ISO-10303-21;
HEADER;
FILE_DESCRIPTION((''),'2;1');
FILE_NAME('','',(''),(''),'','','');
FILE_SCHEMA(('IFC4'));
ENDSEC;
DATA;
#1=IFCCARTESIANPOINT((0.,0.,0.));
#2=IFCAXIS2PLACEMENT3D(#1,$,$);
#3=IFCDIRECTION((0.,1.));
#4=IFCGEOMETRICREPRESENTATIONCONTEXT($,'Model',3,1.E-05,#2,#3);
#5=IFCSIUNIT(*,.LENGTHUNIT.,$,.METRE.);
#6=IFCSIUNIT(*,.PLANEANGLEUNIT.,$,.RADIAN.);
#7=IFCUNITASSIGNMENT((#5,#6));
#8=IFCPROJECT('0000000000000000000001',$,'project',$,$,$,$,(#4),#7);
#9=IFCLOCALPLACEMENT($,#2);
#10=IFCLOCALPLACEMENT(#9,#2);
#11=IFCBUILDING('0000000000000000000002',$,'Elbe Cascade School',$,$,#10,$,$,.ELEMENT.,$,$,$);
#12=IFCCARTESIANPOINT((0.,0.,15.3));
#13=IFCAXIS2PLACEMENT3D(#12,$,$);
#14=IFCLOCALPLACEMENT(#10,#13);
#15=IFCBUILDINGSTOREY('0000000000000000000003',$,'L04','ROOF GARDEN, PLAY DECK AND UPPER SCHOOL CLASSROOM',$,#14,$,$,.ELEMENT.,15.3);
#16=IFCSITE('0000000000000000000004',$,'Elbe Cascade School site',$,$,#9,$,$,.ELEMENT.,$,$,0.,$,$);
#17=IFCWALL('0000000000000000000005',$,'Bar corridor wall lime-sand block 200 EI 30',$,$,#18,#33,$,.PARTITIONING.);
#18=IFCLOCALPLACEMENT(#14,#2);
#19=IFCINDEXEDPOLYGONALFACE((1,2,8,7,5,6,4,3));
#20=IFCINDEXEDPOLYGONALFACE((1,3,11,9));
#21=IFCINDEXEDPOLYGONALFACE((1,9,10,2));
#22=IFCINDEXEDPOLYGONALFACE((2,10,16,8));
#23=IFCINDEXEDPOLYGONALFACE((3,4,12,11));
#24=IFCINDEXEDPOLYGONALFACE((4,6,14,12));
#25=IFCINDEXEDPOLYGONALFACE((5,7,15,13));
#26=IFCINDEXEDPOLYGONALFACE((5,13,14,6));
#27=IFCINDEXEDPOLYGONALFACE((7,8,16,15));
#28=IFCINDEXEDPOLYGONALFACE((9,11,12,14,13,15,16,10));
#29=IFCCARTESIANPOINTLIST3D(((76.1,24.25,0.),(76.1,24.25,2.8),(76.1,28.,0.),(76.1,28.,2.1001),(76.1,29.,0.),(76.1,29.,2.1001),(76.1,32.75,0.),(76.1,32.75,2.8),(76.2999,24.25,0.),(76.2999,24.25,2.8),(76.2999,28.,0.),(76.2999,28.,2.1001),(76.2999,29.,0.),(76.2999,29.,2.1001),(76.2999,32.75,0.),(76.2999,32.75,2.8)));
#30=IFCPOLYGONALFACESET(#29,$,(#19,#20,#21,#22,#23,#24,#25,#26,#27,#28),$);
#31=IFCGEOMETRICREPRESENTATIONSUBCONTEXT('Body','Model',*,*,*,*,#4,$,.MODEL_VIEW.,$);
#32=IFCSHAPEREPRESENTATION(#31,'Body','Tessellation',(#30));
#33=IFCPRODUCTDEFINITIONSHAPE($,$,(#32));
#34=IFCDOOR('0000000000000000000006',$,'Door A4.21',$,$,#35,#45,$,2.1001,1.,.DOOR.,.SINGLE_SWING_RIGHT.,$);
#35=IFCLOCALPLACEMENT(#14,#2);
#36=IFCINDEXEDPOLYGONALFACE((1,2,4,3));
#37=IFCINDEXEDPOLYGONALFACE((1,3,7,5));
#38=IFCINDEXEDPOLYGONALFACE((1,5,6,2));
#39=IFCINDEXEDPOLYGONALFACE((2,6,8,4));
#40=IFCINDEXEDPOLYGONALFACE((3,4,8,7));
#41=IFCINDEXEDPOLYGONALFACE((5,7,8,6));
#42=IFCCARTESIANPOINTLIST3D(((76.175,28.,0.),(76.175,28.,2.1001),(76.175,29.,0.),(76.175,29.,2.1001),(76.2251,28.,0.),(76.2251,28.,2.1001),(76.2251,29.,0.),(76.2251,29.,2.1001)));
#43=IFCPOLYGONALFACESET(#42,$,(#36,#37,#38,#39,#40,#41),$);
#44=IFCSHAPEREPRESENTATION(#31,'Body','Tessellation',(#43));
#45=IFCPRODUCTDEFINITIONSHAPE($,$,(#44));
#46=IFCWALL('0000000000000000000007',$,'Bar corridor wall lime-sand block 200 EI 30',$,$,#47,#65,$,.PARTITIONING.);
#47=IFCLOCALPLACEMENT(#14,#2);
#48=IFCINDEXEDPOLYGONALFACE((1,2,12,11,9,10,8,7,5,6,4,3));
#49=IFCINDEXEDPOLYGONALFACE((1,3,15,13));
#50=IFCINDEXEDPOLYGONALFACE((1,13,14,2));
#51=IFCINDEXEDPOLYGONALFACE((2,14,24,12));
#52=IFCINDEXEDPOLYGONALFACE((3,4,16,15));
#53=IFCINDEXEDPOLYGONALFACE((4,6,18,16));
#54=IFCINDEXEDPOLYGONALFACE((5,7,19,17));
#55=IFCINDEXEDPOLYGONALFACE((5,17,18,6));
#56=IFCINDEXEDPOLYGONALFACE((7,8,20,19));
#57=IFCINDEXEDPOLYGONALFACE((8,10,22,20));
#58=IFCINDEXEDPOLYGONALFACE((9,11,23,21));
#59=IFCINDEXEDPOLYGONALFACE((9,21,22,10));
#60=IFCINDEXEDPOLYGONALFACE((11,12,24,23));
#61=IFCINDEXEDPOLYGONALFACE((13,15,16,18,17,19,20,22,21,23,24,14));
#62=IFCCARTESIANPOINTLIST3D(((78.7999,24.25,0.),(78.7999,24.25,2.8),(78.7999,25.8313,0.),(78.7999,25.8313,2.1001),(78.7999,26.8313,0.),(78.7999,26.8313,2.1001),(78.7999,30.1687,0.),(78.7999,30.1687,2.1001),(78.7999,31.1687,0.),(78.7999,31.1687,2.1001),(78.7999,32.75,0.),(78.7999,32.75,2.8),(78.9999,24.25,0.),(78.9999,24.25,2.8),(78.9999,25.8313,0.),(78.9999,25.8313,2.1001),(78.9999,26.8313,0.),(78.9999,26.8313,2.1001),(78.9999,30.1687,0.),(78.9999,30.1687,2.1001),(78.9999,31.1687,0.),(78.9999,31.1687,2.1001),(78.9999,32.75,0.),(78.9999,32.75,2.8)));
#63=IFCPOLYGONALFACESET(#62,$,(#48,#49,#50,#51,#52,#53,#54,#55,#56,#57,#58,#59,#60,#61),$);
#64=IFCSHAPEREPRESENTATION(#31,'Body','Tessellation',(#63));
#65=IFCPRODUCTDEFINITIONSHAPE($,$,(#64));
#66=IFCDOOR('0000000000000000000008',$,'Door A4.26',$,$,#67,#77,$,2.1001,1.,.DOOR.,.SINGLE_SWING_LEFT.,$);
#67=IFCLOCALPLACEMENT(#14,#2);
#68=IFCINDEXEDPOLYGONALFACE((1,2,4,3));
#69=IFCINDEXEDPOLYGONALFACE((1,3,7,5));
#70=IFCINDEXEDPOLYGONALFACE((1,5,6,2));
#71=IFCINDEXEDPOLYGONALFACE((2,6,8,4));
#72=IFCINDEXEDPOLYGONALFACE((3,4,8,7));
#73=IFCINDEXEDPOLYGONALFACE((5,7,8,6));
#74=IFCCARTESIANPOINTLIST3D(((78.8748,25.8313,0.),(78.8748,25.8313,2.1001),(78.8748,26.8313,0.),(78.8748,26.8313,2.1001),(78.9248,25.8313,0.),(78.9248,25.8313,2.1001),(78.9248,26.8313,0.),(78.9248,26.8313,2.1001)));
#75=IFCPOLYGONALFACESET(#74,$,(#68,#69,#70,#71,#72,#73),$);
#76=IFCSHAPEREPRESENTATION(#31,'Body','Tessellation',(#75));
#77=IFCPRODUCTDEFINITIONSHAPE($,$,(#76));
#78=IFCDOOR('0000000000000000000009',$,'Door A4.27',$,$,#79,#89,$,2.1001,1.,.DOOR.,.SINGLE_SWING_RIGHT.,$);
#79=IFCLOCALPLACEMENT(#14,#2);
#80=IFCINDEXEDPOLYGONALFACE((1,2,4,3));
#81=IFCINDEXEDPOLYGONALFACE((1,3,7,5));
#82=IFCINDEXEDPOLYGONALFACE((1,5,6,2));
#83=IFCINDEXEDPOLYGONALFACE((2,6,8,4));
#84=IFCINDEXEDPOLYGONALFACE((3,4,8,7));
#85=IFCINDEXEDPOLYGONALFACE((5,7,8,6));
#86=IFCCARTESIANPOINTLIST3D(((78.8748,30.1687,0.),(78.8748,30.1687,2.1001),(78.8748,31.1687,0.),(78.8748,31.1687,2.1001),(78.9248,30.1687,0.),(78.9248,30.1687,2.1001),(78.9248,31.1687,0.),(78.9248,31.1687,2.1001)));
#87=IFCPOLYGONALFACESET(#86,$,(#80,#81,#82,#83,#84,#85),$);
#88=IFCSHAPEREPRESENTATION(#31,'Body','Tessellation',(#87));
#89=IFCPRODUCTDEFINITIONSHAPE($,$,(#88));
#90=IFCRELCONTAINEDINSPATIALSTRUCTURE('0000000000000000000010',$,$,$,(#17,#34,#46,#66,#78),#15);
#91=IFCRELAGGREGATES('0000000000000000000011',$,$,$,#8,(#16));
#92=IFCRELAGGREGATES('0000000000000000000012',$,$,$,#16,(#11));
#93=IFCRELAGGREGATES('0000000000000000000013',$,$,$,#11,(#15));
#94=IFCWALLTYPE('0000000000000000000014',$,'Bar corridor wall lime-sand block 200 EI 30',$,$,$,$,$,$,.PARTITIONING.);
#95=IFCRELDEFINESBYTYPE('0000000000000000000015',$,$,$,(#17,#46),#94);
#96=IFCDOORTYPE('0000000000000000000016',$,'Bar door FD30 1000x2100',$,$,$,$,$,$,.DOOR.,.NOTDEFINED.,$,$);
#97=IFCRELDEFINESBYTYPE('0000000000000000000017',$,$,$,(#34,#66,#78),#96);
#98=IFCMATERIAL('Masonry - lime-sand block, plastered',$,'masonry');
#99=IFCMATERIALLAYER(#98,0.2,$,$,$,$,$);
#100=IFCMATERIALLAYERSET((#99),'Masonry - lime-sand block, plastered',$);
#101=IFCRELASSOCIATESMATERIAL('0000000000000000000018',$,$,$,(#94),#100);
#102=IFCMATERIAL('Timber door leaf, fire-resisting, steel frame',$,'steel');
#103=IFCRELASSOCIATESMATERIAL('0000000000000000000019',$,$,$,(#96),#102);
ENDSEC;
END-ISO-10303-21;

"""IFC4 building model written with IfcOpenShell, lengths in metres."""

from ifc_helpers import new_model, si_unit, direction, frame, frame_2d, origin, place, context, subcontext, project, spatial, rectangle, extrude, material, layer, layer_set, type_object, element, fill, save


model = new_model("IFC4")

# Units and contexts
model_context = context("Model", 3, precision=1e-05, world=origin(), true_north=direction((0.0, 1.0)))
body_context = subcontext(model_context, "Body", "Model", "MODEL_VIEW")
ifc_project = project(units=[si_unit("LENGTHUNIT", "METRE"), si_unit("PLANEANGLEUNIT", "RADIAN")], contexts=[model_context])

# Site, building, storey
site_placement = place(None, origin())
site = spatial("IfcSite", under=ifc_project, at=site_placement, Name="Elbe Cascade School site", CompositionType="ELEMENT", RefElevation=0.0)
building_placement = place(site_placement, origin())
building = spatial("IfcBuilding", under=site, at=building_placement, Name="Elbe Cascade School", CompositionType="ELEMENT")
storey_placement = place(building_placement, frame((0.0, 0.0, 15.3)))
storey = spatial("IfcBuildingStorey", under=building, at=storey_placement, Name="L04", Description="ROOF GARDEN, PLAY DECK AND UPPER SCHOOL CLASSROOM", CompositionType="ELEMENT", Elevation=15.3)

# Wall, opening, door
ifc_material_1 = material(Name="Masonry - lime-sand block, plastered", Category="masonry")
ifc_layer_1 = layer(ifc_material_1, 0.2)
ifc_layer_set_1 = layer_set([ifc_layer_1], Name="Masonry - lime-sand block, plastered")
wall_type_1 = type_object("IfcWallType", Name="Bar corridor wall lime-sand block 200 EI 30", PredefinedType="PARTITIONING", material=ifc_layer_set_1)
wall_1_placement = place(storey_placement, frame((76.2, 24.25, 0.0), z_axis=(0.0, 0.0, 1.0), x_axis=(0.0, 1.0, 0.0)))
wall_1 = element("IfcWall", 1, at=wall_1_placement, inside=storey, type_object=wall_type_1, Name="Bar corridor wall lime-sand block 200 EI 30", PredefinedType="PARTITIONING", context=body_context, shape_type="SweptSolid", body=[
    extrude(rectangle(XDim=8.5, YDim=0.2, at=frame_2d((4.25, 0.0))), origin(), (0.0, 0.0, 1.0), 2.8),
])
opening_1_placement = place(wall_1_placement, frame((3.75, 0.0, 0.0)))
opening_1 = element("IfcOpeningElement", 2, at=opening_1_placement, cuts=wall_1, PredefinedType="OPENING", context=body_context, shape_type="SweptSolid", body=[
    extrude(rectangle(XDim=1.0, YDim=2.1001, at=frame_2d((0.5, 1.05))), frame((0.0, 0.1099, 0.0), z_axis=(0.0, -1.0, 0.0), x_axis=(1.0, 0.0, 0.0)), (0.0, 0.0, 1.0), 0.22),
])
ifc_material_2 = material(Name="Timber door leaf, fire-resisting, steel frame", Category="steel")
door_type = type_object("IfcDoorType", Name="Bar door FD30 1000x2100", OperationType="NOTDEFINED", PredefinedType="DOOR", material=ifc_material_2)
door_1_placement = place(opening_1_placement, origin())
door_1 = element("IfcDoor", 3, at=door_1_placement, inside=storey, type_object=door_type, Name="Door A4.21", OperationType="SINGLE_SWING_RIGHT", OverallHeight=2.1001, OverallWidth=1.0, PredefinedType="DOOR", context=body_context, shape_type="SweptSolid", body=[
    extrude(rectangle(XDim=1.0, YDim=2.1001, at=frame_2d((0.5, 1.05))), frame((0.0, 0.0249, 0.0), z_axis=(0.0, -1.0, 0.0), x_axis=(1.0, 0.0, 0.0)), (0.0, 0.0, 1.0), 0.05),
])
fill(opening_1, door_1)

# Wall, openings, doors
wall_2_placement = place(storey_placement, frame((78.8999, 32.75, 0.0), z_axis=(0.0, 0.0, 1.0), x_axis=(0.0, -1.0, 0.0)))
wall_2 = element("IfcWall", 4, at=wall_2_placement, inside=storey, type_object=wall_type_1, Name="Bar corridor wall lime-sand block 200 EI 30", PredefinedType="PARTITIONING", context=body_context, shape_type="SweptSolid", body=[
    extrude(rectangle(XDim=8.5, YDim=0.2, at=frame_2d((4.25, 0.0))), origin(), (0.0, 0.0, 1.0), 2.8),
])
opening_2_placement = place(wall_2_placement, frame((5.9187, 0.0, 0.0)))
opening_2 = element("IfcOpeningElement", 5, at=opening_2_placement, cuts=wall_2, PredefinedType="OPENING", context=body_context, shape_type="SweptSolid", body=[
    extrude(rectangle(XDim=1.0, YDim=2.1001, at=frame_2d((0.5, 1.05))), frame((0.0, 0.1099, 0.0), z_axis=(0.0, -1.0, 0.0), x_axis=(1.0, 0.0, 0.0)), (0.0, 0.0, 1.0), 0.22),
])
opening_3_placement = place(wall_2_placement, frame((1.5813, 0.0, 0.0)))
opening_3 = element("IfcOpeningElement", 6, at=opening_3_placement, cuts=wall_2, PredefinedType="OPENING", context=body_context, shape_type="SweptSolid", body=[
    extrude(rectangle(XDim=1.0, YDim=2.1001, at=frame_2d((0.5, 1.05))), frame((0.0, 0.1099, 0.0), z_axis=(0.0, -1.0, 0.0), x_axis=(1.0, 0.0, 0.0)), (0.0, 0.0, 1.0), 0.22),
])
door_2_placement = place(opening_2_placement, origin())
door_2 = element("IfcDoor", 7, at=door_2_placement, inside=storey, type_object=door_type, Name="Door A4.26", OperationType="SINGLE_SWING_LEFT", OverallHeight=2.1001, OverallWidth=1.0, PredefinedType="DOOR", context=body_context, shape_type="SweptSolid", body=[
    extrude(rectangle(XDim=1.0, YDim=2.1001, at=frame_2d((0.5, 1.05))), frame((0.0, 0.0249, 0.0), z_axis=(0.0, -1.0, 0.0), x_axis=(1.0, 0.0, 0.0)), (0.0, 0.0, 1.0), 0.05),
])
fill(opening_2, door_2)
door_3_placement = place(opening_3_placement, origin())
door_3 = element("IfcDoor", 8, at=door_3_placement, inside=storey, type_object=door_type, Name="Door A4.27", OperationType="SINGLE_SWING_RIGHT", OverallHeight=2.1001, OverallWidth=1.0, PredefinedType="DOOR", context=body_context, shape_type="SweptSolid", body=[
    extrude(rectangle(XDim=1.0, YDim=2.1001, at=frame_2d((0.5, 1.05))), frame((0.0, 0.0249, 0.0), z_axis=(0.0, -1.0, 0.0), x_axis=(1.0, 0.0, 0.0)), (0.0, 0.0, 1.0), 0.05),
])
fill(opening_3, door_3)

save(model, "model.ifc")
